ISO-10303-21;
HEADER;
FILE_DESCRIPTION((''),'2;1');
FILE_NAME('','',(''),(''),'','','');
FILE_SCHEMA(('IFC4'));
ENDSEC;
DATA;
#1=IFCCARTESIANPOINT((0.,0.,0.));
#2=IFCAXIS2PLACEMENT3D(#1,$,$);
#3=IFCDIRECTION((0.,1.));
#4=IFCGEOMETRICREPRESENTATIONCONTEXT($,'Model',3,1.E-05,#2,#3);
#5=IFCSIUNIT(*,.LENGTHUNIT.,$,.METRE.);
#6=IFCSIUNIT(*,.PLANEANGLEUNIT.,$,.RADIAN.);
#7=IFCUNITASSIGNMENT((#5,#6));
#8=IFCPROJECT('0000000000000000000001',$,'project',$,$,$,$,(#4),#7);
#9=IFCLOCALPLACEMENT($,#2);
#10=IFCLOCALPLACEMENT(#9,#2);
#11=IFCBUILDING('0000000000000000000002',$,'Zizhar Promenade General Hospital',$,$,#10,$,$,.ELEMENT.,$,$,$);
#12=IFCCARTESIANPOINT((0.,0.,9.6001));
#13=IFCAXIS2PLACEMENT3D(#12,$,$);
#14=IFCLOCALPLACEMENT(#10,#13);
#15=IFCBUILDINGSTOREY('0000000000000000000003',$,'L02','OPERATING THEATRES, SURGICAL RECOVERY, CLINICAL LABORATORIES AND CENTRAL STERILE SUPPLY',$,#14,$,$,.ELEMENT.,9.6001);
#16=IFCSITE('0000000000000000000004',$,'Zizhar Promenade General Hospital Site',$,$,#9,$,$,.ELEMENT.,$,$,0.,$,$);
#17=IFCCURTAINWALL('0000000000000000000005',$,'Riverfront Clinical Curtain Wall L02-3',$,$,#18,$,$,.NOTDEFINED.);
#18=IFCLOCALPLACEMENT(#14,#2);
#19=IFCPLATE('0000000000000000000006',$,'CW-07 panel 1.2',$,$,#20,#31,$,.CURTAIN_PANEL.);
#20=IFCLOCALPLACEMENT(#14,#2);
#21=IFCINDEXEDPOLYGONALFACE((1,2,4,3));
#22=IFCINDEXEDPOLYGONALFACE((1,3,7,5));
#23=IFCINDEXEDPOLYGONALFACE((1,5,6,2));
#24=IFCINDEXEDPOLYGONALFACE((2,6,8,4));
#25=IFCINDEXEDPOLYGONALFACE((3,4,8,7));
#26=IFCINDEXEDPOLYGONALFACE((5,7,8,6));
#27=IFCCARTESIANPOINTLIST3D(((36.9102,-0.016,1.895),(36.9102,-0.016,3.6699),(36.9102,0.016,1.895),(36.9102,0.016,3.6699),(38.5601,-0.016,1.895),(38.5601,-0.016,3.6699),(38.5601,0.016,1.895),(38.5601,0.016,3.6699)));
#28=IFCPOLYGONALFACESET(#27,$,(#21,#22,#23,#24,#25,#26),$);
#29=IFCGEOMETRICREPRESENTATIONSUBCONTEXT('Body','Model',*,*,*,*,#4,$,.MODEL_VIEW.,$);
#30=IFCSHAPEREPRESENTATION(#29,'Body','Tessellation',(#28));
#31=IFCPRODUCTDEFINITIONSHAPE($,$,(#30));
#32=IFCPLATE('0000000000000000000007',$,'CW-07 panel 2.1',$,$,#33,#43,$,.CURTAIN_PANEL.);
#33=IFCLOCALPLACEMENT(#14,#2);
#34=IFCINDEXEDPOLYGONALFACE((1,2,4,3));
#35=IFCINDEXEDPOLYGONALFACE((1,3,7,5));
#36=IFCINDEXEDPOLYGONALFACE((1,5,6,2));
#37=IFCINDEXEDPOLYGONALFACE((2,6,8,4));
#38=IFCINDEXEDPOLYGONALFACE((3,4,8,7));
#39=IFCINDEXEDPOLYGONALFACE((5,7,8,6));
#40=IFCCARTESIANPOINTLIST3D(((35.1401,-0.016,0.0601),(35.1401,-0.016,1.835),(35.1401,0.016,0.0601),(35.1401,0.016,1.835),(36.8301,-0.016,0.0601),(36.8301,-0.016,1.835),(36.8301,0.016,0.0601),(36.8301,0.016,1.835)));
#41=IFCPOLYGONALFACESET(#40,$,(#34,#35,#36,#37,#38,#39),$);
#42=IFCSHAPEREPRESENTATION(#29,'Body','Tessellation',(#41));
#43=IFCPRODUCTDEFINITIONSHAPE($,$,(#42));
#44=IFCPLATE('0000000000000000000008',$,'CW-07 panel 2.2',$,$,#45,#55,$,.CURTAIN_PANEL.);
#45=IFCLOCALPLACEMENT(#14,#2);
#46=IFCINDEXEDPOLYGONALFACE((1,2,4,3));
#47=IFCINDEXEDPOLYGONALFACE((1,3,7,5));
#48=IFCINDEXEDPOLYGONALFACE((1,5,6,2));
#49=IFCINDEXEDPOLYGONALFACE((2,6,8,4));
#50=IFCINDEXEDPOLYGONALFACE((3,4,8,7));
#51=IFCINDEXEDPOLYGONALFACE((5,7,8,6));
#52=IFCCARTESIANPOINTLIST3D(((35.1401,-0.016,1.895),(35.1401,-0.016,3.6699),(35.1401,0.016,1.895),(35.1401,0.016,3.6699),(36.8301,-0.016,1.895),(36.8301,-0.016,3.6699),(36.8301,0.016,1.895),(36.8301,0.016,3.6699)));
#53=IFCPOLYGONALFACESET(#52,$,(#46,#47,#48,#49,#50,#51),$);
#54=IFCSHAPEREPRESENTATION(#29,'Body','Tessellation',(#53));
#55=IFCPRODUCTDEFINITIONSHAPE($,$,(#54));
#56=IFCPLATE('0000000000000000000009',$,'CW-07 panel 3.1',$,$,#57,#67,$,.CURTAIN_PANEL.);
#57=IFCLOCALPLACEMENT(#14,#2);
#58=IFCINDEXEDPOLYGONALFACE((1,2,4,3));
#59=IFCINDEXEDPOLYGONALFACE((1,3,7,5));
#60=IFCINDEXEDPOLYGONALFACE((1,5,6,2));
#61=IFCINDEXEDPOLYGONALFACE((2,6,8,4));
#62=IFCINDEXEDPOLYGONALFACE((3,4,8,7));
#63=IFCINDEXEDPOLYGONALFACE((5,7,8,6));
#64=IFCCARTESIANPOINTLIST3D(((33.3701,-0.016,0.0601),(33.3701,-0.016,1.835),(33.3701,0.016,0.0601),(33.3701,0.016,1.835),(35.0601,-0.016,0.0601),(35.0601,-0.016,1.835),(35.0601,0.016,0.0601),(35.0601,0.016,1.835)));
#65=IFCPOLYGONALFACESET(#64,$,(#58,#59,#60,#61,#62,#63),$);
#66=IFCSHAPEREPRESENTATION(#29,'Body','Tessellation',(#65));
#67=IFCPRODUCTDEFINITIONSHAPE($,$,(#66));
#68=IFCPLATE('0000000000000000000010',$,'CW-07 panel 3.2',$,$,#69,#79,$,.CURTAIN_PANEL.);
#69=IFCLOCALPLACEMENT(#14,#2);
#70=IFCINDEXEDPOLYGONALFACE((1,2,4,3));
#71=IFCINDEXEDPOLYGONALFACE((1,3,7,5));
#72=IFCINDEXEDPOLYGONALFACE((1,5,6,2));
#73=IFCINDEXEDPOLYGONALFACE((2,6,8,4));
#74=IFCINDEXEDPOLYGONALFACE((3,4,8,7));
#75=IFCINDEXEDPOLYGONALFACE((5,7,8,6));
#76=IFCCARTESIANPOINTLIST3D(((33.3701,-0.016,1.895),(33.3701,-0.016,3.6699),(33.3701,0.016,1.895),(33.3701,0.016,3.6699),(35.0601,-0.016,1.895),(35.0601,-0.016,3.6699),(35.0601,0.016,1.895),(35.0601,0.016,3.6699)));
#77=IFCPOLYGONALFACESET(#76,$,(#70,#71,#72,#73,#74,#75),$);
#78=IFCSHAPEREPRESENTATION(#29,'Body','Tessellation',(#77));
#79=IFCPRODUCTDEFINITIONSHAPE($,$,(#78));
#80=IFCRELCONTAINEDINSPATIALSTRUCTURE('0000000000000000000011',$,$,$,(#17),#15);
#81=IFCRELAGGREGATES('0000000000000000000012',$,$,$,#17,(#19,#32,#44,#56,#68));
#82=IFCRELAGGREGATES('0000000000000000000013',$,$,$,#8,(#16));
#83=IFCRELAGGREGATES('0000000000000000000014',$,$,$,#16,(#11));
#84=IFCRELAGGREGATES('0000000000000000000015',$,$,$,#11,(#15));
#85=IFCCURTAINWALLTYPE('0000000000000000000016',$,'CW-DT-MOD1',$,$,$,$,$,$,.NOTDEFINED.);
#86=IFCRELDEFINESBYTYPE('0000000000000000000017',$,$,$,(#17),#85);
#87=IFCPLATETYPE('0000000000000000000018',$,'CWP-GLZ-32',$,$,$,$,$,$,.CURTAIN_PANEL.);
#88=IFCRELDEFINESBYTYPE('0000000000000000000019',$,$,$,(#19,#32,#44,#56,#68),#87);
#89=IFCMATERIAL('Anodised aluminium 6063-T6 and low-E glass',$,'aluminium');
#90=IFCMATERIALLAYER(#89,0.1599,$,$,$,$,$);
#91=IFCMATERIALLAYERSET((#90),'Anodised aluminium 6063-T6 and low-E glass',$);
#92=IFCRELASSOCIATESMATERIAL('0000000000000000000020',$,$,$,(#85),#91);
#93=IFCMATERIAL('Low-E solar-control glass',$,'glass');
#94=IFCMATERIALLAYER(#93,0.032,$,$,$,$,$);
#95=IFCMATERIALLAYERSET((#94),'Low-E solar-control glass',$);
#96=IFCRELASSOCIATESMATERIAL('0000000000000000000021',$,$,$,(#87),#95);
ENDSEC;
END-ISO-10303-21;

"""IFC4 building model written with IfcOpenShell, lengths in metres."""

from ifc_helpers import new_model, si_unit, direction, frame, origin, origin_2d, place, context, subcontext, project, spatial, rectangle, extrude, material, layer, layer_set, type_object, element, aggregate, save


model = new_model("IFC4")

# Units and contexts
model_context = context("Model", 3, precision=1e-05, world=origin(), true_north=direction((0.0, 1.0)))
body_context = subcontext(model_context, "Body", "Model", "MODEL_VIEW")
ifc_project = project(units=[si_unit("LENGTHUNIT", "METRE"), si_unit("PLANEANGLEUNIT", "RADIAN")], contexts=[model_context])

# Site, building, storey
site_placement = place(None, origin())
site = spatial("IfcSite", under=ifc_project, at=site_placement, Name="Zizhar Promenade General Hospital Site", CompositionType="ELEMENT", RefElevation=0.0)
building_placement = place(site_placement, origin())
building = spatial("IfcBuilding", under=site, at=building_placement, Name="Zizhar Promenade General Hospital", CompositionType="ELEMENT")
storey_placement = place(building_placement, frame((0.0, 0.0, 9.6001)))
storey = spatial("IfcBuildingStorey", under=building, at=storey_placement, Name="L02", Description="OPERATING THEATRES, SURGICAL RECOVERY, CLINICAL LABORATORIES AND CENTRAL STERILE SUPPLY", CompositionType="ELEMENT", Elevation=9.6001)

# Curtain wall, plates
ifc_material_1 = material(Name="Anodised aluminium 6063-T6 and low-E glass", Category="aluminium")
ifc_layer_1 = layer(ifc_material_1, 0.1599)
ifc_layer_set_1 = layer_set([ifc_layer_1], Name="Anodised aluminium 6063-T6 and low-E glass")
curtain_wall_type = type_object("IfcCurtainWallType", Name="CW-DT-MOD1", PredefinedType="NOTDEFINED", material=ifc_layer_set_1)
curtain_wall_placement = place(storey_placement, origin())
curtain_wall = element("IfcCurtainWall", 1, at=curtain_wall_placement, inside=storey, type_object=curtain_wall_type, Name="Riverfront Clinical Curtain Wall L02-3", PredefinedType="NOTDEFINED")
ifc_material_2 = material(Name="Low-E solar-control glass", Category="glass")
ifc_layer_2 = layer(ifc_material_2, 0.032)
ifc_layer_set_2 = layer_set([ifc_layer_2], Name="Low-E solar-control glass")
plate_type = type_object("IfcPlateType", Name="CWP-GLZ-32", PredefinedType="CURTAIN_PANEL", material=ifc_layer_set_2)
plate_1_placement = place(storey_placement, frame((37.7351, 0.0, 1.895), z_axis=(0.0, 0.0, 1.0), x_axis=(-1.0, 0.0, 0.0)))
plate_1 = element("IfcPlate", 2, at=plate_1_placement, type_object=plate_type, Name="CW-07 panel 1.2", PredefinedType="CURTAIN_PANEL", context=body_context, shape_type="SweptSolid", body=[
    extrude(rectangle(XDim=1.6499, YDim=0.032, at=origin_2d()), origin(), (0.0, 0.0, 1.0), 1.7749),
])
plate_2_placement = place(storey_placement, frame((35.9851, 0.0, 0.0601), z_axis=(0.0, 0.0, 1.0), x_axis=(-1.0, 0.0, 0.0)))
plate_2 = element("IfcPlate", 3, at=plate_2_placement, type_object=plate_type, Name="CW-07 panel 2.1", PredefinedType="CURTAIN_PANEL", context=body_context, shape_type="SweptSolid", body=[
    extrude(rectangle(XDim=1.6899, YDim=0.032, at=origin_2d()), origin(), (0.0, 0.0, 1.0), 1.7749),
])
plate_3_placement = place(storey_placement, frame((35.9851, 0.0, 1.895), z_axis=(0.0, 0.0, 1.0), x_axis=(-1.0, 0.0, 0.0)))
plate_3 = element("IfcPlate", 4, at=plate_3_placement, type_object=plate_type, Name="CW-07 panel 2.2", PredefinedType="CURTAIN_PANEL", context=body_context, shape_type="SweptSolid", body=[
    extrude(rectangle(XDim=1.6899, YDim=0.032, at=origin_2d()), origin(), (0.0, 0.0, 1.0), 1.7749),
])
plate_4_placement = place(storey_placement, frame((34.2151, 0.0, 0.0601), z_axis=(0.0, 0.0, 1.0), x_axis=(-1.0, 0.0, 0.0)))
plate_4 = element("IfcPlate", 5, at=plate_4_placement, type_object=plate_type, Name="CW-07 panel 3.1", PredefinedType="CURTAIN_PANEL", context=body_context, shape_type="SweptSolid", body=[
    extrude(rectangle(XDim=1.6899, YDim=0.032, at=origin_2d()), origin(), (0.0, 0.0, 1.0), 1.7749),
])
plate_5_placement = place(storey_placement, frame((34.2151, 0.0, 1.895), z_axis=(0.0, 0.0, 1.0), x_axis=(-1.0, 0.0, 0.0)))
plate_5 = element("IfcPlate", 6, at=plate_5_placement, type_object=plate_type, Name="CW-07 panel 3.2", PredefinedType="CURTAIN_PANEL", context=body_context, shape_type="SweptSolid", body=[
    extrude(rectangle(XDim=1.6899, YDim=0.032, at=origin_2d()), origin(), (0.0, 0.0, 1.0), 1.7749),
])
aggregate(curtain_wall, [plate_1, plate_2, plate_3, plate_4, plate_5])

save(model, "model.ifc")
